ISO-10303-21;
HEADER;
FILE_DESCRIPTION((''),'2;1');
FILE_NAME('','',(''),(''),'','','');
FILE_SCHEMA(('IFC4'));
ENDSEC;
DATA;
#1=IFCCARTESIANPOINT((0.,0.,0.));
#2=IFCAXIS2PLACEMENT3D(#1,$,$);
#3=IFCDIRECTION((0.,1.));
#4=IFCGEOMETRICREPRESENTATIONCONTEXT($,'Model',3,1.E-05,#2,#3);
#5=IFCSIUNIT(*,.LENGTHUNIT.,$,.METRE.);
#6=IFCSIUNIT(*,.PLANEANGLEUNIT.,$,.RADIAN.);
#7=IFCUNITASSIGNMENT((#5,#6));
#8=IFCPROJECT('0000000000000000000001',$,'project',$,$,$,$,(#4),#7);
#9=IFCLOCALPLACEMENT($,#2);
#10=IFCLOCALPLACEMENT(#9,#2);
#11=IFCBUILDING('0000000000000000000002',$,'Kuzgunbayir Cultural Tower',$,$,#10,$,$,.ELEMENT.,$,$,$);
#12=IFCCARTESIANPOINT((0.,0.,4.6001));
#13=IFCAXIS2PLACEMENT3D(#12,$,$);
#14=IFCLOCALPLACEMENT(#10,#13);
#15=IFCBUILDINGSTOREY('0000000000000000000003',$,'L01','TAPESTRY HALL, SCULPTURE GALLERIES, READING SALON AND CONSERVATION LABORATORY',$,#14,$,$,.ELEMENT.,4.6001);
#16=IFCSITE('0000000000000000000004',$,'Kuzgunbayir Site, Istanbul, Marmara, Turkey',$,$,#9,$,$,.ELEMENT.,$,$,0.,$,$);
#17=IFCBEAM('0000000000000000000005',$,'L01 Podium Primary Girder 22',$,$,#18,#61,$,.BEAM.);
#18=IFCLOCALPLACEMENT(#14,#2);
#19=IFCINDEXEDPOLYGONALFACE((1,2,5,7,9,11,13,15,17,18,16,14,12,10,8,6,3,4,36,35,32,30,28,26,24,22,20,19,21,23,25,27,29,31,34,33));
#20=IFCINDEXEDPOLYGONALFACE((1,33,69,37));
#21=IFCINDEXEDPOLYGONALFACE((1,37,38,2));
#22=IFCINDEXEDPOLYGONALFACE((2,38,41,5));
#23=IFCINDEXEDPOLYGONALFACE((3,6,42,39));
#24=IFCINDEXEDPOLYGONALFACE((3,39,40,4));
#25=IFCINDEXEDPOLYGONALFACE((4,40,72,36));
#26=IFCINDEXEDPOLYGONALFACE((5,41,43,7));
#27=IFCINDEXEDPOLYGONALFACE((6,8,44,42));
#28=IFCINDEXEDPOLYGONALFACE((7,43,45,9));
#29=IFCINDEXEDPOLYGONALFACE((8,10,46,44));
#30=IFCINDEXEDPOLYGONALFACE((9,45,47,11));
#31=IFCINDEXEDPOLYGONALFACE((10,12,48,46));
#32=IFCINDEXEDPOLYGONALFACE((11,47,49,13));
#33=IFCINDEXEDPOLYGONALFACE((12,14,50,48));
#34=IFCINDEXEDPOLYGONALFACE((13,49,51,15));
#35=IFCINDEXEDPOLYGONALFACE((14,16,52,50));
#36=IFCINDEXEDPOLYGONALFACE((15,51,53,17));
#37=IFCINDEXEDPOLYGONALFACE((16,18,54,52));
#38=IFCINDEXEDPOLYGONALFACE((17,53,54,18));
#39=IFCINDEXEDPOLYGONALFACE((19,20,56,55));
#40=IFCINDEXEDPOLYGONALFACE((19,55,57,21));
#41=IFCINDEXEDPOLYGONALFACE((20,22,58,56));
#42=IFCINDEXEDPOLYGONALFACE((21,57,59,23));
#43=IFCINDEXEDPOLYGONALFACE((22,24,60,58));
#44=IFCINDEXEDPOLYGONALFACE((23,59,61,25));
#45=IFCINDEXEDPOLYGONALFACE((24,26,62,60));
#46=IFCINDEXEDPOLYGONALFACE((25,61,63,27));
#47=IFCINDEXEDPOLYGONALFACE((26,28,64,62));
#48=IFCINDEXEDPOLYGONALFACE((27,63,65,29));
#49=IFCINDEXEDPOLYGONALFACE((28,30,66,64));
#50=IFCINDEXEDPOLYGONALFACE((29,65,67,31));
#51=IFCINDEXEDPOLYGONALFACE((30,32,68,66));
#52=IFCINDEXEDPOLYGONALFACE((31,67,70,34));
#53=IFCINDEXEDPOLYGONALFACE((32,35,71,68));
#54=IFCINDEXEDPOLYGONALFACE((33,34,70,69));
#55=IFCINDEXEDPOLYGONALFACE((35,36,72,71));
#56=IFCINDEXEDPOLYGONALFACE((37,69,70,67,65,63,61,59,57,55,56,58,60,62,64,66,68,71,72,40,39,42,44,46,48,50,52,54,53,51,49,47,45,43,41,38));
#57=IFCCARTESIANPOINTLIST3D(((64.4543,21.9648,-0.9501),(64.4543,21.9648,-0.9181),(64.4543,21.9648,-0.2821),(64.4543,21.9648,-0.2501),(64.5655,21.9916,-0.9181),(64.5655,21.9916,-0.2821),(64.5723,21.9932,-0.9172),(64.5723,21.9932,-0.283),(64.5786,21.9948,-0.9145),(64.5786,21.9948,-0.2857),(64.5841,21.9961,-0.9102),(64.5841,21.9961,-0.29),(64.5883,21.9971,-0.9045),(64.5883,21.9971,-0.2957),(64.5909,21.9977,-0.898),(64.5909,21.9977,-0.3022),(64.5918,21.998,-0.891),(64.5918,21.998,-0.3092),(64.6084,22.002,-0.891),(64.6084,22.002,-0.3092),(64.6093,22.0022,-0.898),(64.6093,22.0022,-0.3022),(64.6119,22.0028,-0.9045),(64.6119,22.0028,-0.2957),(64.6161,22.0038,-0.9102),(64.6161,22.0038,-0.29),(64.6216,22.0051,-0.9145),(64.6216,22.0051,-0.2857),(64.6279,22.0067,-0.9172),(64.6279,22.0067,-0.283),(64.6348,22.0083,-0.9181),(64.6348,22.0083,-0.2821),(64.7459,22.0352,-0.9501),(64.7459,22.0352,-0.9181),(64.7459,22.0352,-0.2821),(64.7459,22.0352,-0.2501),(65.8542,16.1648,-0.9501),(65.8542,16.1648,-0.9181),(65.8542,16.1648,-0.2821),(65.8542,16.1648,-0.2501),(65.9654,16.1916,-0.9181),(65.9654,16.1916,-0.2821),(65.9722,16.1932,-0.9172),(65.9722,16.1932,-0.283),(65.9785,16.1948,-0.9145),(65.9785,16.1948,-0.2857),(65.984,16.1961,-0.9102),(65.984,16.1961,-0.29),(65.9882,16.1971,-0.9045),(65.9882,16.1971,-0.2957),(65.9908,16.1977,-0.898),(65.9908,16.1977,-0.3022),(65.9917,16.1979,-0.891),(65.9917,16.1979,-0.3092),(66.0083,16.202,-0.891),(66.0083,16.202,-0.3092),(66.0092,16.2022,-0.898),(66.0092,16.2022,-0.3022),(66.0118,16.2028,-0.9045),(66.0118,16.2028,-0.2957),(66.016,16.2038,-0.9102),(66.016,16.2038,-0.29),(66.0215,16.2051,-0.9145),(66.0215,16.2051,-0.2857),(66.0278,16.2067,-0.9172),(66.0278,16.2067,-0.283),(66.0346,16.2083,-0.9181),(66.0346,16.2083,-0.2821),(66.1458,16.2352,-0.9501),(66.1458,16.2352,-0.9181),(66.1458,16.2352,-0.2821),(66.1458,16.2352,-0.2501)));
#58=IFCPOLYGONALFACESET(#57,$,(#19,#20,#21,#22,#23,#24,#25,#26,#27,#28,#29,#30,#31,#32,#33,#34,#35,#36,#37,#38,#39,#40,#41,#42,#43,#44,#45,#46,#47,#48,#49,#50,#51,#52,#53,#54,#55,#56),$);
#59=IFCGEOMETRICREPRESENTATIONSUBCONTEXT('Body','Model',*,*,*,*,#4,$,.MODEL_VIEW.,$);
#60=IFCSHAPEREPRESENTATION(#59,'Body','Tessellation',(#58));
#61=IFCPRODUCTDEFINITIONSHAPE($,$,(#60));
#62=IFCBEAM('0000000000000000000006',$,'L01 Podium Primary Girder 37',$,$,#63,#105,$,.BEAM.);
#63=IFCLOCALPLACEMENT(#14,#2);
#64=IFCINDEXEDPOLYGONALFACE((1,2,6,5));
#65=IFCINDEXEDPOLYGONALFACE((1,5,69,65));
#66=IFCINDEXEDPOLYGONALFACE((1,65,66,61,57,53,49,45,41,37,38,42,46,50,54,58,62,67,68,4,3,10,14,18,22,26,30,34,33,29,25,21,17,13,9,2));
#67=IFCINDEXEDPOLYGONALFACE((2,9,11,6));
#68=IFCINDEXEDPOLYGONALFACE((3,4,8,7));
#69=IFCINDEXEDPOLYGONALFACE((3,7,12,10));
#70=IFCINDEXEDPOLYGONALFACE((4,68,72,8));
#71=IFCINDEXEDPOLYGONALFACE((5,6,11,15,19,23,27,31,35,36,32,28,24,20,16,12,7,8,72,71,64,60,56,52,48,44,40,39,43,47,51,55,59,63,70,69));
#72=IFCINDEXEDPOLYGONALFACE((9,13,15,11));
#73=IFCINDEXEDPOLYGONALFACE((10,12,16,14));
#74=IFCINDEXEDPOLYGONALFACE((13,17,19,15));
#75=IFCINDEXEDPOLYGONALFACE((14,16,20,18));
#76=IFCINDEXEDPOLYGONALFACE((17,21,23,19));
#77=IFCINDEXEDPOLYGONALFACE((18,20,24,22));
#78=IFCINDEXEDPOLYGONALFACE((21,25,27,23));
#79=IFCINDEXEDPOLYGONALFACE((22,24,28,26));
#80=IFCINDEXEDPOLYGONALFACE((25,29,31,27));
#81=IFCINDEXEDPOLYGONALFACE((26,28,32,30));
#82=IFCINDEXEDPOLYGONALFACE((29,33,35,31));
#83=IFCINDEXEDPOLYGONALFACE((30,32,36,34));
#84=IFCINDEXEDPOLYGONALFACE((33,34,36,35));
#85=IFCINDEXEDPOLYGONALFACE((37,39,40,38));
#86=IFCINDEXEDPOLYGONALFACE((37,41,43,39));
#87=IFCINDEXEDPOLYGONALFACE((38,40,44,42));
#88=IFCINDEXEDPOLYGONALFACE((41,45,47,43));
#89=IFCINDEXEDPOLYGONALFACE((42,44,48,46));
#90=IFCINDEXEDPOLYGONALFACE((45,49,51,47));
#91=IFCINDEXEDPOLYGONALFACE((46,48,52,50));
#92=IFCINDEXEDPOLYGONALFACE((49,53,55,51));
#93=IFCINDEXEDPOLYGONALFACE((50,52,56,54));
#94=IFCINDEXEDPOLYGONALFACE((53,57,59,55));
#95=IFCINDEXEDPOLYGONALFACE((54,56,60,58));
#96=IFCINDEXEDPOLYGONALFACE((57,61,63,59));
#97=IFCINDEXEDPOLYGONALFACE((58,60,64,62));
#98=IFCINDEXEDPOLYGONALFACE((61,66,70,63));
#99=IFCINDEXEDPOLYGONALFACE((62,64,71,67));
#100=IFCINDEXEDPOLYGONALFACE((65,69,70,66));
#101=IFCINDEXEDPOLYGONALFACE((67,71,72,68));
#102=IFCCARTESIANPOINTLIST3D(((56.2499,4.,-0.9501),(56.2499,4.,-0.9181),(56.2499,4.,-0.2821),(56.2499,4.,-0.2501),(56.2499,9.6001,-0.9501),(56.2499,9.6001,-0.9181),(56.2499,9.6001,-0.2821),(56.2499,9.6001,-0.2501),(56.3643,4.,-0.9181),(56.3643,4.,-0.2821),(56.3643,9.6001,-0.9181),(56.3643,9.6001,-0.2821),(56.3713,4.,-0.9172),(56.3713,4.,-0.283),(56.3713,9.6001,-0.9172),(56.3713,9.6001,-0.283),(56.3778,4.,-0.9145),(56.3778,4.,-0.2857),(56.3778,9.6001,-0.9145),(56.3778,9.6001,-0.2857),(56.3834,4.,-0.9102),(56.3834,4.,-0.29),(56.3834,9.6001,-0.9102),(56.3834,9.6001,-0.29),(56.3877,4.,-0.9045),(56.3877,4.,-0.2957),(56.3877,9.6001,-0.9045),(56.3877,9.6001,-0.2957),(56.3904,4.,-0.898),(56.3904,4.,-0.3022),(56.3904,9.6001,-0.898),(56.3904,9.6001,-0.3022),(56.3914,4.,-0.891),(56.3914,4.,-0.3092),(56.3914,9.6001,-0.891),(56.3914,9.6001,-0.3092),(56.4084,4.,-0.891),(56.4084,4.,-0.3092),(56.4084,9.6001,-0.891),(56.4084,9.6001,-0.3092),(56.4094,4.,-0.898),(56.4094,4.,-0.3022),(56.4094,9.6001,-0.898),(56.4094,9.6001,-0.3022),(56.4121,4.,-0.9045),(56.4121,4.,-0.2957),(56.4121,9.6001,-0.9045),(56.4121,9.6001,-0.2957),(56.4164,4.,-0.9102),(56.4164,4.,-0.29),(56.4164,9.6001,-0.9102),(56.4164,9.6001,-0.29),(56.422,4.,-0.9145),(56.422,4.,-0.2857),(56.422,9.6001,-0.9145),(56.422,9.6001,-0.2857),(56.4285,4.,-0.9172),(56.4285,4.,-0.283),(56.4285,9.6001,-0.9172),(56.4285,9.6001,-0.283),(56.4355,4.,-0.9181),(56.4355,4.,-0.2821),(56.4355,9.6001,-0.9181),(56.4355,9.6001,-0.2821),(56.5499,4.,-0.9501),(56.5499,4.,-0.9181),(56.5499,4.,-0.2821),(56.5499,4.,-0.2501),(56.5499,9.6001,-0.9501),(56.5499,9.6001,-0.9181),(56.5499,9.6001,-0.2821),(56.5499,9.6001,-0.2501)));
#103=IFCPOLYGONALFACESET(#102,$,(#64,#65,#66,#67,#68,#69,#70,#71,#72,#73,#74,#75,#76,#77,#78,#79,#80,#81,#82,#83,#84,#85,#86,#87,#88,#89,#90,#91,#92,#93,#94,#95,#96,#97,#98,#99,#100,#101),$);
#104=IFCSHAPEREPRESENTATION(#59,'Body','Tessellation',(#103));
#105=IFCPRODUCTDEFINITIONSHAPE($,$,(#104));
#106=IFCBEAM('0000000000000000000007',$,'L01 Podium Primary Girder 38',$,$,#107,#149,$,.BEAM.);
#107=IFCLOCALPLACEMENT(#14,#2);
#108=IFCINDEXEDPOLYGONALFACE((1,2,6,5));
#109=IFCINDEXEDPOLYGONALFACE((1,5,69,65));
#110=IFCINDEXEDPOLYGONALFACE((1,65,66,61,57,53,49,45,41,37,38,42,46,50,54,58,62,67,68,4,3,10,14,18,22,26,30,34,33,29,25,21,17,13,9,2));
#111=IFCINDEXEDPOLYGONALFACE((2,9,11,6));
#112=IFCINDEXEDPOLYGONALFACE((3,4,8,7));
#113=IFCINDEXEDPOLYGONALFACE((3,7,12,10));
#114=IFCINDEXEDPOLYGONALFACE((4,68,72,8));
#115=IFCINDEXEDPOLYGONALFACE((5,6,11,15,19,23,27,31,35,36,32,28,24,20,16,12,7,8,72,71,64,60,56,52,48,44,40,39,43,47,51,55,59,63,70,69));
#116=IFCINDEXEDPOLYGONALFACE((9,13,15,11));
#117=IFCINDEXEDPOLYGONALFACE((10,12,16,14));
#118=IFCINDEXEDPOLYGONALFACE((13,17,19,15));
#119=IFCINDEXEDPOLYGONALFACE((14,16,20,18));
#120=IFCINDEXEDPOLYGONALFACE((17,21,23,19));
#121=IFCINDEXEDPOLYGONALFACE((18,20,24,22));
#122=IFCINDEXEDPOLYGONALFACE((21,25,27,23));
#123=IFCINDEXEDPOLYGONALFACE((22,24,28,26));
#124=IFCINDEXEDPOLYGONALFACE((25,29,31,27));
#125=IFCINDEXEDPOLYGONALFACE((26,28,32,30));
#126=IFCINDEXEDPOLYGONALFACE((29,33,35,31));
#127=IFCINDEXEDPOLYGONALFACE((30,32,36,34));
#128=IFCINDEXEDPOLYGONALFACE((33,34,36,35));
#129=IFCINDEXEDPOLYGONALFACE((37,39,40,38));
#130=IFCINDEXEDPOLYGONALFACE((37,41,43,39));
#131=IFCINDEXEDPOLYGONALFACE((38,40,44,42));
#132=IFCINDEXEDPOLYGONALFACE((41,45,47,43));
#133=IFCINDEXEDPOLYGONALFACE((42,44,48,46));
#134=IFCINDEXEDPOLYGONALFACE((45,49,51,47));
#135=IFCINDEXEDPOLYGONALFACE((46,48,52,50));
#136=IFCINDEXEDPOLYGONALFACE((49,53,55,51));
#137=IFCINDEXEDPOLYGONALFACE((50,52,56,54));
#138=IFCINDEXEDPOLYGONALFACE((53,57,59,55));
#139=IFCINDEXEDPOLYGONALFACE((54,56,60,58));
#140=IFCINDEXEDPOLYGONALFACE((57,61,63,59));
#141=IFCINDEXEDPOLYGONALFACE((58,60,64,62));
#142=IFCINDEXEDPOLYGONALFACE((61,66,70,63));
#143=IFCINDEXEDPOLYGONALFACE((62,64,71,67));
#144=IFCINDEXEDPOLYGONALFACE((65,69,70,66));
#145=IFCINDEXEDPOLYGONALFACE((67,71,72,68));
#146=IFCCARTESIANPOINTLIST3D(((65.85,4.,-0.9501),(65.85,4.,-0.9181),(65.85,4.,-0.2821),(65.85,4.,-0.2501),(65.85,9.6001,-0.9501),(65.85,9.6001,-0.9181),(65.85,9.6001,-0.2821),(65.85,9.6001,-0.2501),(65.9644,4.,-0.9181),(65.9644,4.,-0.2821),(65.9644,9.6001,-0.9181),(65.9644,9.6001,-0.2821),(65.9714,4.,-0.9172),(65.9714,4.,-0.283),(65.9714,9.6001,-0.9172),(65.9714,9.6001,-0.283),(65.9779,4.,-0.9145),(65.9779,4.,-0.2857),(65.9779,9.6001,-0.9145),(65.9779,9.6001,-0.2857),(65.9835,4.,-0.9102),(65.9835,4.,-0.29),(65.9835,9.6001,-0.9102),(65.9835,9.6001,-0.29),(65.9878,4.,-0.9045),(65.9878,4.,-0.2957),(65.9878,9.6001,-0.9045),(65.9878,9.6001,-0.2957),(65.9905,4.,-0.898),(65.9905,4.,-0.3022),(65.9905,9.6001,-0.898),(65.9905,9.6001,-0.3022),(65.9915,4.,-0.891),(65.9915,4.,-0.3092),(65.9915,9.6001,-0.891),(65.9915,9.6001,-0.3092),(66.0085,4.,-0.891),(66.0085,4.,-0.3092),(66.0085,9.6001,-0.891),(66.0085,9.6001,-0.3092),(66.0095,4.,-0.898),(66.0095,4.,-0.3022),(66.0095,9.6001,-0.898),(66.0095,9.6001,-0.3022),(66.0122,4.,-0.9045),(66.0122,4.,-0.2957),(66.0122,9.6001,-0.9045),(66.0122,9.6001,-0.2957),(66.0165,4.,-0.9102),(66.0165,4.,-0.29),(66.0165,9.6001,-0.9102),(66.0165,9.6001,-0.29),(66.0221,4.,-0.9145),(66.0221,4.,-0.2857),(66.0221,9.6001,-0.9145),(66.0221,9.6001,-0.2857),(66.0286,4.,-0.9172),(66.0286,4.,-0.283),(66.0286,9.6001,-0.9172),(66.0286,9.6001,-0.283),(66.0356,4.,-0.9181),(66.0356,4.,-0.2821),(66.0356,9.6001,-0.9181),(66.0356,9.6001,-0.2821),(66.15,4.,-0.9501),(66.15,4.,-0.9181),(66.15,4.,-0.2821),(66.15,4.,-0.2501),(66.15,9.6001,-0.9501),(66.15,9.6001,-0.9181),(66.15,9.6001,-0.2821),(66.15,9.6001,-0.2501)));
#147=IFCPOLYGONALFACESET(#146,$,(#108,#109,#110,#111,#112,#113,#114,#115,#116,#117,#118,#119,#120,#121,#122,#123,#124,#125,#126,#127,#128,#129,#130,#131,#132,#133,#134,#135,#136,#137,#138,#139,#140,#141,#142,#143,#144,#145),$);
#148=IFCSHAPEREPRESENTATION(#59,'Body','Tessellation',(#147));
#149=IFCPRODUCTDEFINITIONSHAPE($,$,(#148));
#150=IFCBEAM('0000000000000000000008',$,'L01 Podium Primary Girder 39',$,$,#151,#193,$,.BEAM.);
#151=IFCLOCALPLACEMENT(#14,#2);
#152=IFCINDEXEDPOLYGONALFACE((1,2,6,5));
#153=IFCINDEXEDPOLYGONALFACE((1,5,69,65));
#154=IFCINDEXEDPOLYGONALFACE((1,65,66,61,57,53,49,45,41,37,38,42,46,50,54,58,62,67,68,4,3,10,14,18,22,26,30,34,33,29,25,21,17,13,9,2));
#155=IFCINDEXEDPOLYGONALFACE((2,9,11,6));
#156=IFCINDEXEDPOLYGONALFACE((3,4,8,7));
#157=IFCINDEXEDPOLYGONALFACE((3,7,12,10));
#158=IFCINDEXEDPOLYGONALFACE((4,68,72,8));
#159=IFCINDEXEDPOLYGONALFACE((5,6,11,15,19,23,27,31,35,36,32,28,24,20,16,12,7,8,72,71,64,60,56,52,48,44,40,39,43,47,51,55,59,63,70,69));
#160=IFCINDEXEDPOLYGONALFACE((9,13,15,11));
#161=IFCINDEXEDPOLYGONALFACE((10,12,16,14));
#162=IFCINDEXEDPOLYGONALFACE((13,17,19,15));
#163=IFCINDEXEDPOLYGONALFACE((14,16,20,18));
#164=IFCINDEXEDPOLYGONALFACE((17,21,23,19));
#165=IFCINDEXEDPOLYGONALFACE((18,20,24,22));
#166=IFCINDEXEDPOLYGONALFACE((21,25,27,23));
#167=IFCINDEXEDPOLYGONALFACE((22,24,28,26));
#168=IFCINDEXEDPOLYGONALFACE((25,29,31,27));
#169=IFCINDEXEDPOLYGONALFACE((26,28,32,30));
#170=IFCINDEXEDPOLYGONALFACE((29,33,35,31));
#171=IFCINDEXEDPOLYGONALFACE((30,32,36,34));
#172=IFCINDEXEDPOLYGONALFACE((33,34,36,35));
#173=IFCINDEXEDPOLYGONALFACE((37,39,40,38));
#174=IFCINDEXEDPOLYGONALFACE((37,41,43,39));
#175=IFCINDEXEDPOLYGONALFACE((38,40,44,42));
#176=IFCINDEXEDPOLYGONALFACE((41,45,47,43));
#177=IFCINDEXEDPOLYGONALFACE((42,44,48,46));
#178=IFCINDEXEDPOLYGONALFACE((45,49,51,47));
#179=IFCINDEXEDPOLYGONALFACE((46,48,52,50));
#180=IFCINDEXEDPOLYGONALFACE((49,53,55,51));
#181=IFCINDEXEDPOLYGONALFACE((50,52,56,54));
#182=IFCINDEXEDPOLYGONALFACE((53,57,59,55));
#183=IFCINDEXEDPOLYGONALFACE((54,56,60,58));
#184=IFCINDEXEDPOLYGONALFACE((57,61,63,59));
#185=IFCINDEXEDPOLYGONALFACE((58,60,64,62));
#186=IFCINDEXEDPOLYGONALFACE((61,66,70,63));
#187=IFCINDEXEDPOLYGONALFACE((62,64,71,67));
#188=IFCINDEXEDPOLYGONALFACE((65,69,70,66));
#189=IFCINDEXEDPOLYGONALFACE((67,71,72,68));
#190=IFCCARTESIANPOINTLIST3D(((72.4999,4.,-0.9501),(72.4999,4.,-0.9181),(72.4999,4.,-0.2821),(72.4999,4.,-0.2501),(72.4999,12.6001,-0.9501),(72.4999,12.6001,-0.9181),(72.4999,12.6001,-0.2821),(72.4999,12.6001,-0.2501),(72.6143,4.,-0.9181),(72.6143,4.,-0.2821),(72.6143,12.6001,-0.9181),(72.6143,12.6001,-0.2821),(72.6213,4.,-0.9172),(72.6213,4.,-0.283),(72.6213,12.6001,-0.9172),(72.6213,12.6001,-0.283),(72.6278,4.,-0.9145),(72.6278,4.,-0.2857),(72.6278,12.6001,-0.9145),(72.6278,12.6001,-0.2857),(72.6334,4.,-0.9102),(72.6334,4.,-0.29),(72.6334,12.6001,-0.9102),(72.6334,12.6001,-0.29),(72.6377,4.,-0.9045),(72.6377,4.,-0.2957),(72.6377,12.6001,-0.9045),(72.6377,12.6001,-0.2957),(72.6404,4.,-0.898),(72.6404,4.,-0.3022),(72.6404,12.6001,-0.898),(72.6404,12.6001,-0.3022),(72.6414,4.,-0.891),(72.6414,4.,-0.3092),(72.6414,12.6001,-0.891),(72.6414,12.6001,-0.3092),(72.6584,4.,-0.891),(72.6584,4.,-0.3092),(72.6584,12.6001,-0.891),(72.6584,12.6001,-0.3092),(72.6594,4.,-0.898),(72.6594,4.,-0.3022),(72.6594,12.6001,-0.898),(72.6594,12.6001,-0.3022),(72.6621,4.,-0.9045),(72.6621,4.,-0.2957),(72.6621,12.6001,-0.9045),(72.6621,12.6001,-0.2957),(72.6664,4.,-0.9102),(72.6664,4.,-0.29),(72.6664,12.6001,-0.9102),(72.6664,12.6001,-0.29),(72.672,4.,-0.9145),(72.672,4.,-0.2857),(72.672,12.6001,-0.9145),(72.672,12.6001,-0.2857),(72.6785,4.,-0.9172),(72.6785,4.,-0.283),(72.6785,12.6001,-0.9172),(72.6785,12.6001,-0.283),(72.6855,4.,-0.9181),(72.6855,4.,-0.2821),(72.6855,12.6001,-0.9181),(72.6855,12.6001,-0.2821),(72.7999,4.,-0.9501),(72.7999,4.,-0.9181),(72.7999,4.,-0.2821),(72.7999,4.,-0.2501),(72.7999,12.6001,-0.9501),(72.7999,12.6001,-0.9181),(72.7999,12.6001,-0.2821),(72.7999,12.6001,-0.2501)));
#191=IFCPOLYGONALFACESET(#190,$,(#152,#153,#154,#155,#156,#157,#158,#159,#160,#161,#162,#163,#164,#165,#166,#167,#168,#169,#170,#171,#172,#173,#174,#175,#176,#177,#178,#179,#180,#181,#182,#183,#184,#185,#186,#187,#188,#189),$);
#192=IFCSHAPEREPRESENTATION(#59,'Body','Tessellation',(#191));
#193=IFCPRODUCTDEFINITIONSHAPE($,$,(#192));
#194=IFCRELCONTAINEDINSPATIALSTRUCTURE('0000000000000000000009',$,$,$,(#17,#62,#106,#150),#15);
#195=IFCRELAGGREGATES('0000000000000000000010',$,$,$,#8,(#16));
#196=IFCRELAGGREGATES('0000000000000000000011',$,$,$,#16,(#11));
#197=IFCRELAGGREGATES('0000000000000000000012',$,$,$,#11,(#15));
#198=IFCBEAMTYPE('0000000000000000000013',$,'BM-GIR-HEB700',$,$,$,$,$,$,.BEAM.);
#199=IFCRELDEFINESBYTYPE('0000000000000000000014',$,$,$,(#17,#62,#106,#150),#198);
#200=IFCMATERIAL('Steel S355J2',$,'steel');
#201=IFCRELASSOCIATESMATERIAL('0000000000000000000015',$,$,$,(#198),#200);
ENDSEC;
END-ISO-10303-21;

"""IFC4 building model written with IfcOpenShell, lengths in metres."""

from ifc_helpers import new_model, si_unit, direction, frame, origin, origin_2d, place, context, subcontext, project, spatial, i_section, extrude, material, material_profile, profile_set, type_object, element, save


model = new_model("IFC4")

# Units and contexts
model_context = context("Model", 3, precision=1e-05, world=origin(), true_north=direction((0.0, 1.0)))
body_context = subcontext(model_context, "Body", "Model", "MODEL_VIEW")
ifc_project = project(units=[si_unit("LENGTHUNIT", "METRE"), si_unit("PLANEANGLEUNIT", "RADIAN")], contexts=[model_context])

# Site, building, storey
site_placement = place(None, origin())
site = spatial("IfcSite", under=ifc_project, at=site_placement, Name="Kuzgunbayir Site, Istanbul, Marmara, Turkey", CompositionType="ELEMENT", RefElevation=0.0)
building_placement = place(site_placement, origin())
building = spatial("IfcBuilding", under=site, at=building_placement, Name="Kuzgunbayir Cultural Tower", CompositionType="ELEMENT")
storey_placement = place(building_placement, frame((0.0, 0.0, 4.6001)))
storey = spatial("IfcBuildingStorey", under=building, at=storey_placement, Name="L01", Description="TAPESTRY HALL, SCULPTURE GALLERIES, READING SALON AND CONSERVATION LABORATORY", CompositionType="ELEMENT", Elevation=4.6001)

# Beams
ifc_material_1 = material(Name="Steel S355J2", Category="steel")
ifc_material_profile_1 = material_profile(ifc_material_1, i_section(OverallWidth=0.3, OverallDepth=0.7, WebThickness=0.0171, FlangeThickness=0.032, FilletRadius=0.0271, at=origin_2d()), Name="HEB 700")
ifc_profile_set_1 = profile_set([ifc_material_profile_1], Name="Steel S355J2")
beam_type = type_object("IfcBeamType", Name="BM-GIR-HEB700", PredefinedType="BEAM", material=ifc_profile_set_1)
beam_1_placement = place(storey_placement, frame((66.0, 16.2, -0.6001), z_axis=(-0.234623, 0.972086, 0.0), x_axis=(-0.972086, -0.234623, 0.0)))
element("IfcBeam", 1, at=beam_1_placement, inside=storey, type_object=beam_type, Name="L01 Podium Primary Girder 22", PredefinedType="BEAM", context=body_context, shape_type="SweptSolid", body=[
    extrude(i_section(OverallWidth=0.3, OverallDepth=0.7, WebThickness=0.0171, FlangeThickness=0.032, FilletRadius=0.0271, at=origin_2d()), origin(), (0.0, 0.0, 1.0), 5.9666),
])
for number, where, z_axis, x_axis, name in (
    (2, (56.3999, 4.0, -0.6001), (0.0, 1.0, 0.0), (-1.0, 0.0, 0.0), "L01 Podium Primary Girder 37"),
    (3, (66.0, 4.0, -0.6001), (0.0, 1.0, 0.0), (-1.0, 0.0, 0.0), "L01 Podium Primary Girder 38"),
):
    element("IfcBeam", number, at=place(storey_placement, frame(where, z_axis=z_axis, x_axis=x_axis)), inside=storey, type_object=beam_type, Name=name, PredefinedType="BEAM", context=body_context, shape_type="SweptSolid", body=[
        extrude(i_section(OverallWidth=0.3, OverallDepth=0.7, WebThickness=0.0171, FlangeThickness=0.032, FilletRadius=0.0271, at=origin_2d()), origin(), (0.0, 0.0, 1.0), 5.6001),
    ])
beam_2_placement = place(storey_placement, frame((72.6499, 4.0, -0.6001), z_axis=(0.0, 1.0, 0.0), x_axis=(-1.0, 0.0, 0.0)))
element("IfcBeam", 4, at=beam_2_placement, inside=storey, type_object=beam_type, Name="L01 Podium Primary Girder 39", PredefinedType="BEAM", context=body_context, shape_type="SweptSolid", body=[
    extrude(i_section(OverallWidth=0.3, OverallDepth=0.7, WebThickness=0.0171, FlangeThickness=0.032, FilletRadius=0.0271, at=origin_2d()), origin(), (0.0, 0.0, 1.0), 8.6001),
])

save(model, "model.ifc")
